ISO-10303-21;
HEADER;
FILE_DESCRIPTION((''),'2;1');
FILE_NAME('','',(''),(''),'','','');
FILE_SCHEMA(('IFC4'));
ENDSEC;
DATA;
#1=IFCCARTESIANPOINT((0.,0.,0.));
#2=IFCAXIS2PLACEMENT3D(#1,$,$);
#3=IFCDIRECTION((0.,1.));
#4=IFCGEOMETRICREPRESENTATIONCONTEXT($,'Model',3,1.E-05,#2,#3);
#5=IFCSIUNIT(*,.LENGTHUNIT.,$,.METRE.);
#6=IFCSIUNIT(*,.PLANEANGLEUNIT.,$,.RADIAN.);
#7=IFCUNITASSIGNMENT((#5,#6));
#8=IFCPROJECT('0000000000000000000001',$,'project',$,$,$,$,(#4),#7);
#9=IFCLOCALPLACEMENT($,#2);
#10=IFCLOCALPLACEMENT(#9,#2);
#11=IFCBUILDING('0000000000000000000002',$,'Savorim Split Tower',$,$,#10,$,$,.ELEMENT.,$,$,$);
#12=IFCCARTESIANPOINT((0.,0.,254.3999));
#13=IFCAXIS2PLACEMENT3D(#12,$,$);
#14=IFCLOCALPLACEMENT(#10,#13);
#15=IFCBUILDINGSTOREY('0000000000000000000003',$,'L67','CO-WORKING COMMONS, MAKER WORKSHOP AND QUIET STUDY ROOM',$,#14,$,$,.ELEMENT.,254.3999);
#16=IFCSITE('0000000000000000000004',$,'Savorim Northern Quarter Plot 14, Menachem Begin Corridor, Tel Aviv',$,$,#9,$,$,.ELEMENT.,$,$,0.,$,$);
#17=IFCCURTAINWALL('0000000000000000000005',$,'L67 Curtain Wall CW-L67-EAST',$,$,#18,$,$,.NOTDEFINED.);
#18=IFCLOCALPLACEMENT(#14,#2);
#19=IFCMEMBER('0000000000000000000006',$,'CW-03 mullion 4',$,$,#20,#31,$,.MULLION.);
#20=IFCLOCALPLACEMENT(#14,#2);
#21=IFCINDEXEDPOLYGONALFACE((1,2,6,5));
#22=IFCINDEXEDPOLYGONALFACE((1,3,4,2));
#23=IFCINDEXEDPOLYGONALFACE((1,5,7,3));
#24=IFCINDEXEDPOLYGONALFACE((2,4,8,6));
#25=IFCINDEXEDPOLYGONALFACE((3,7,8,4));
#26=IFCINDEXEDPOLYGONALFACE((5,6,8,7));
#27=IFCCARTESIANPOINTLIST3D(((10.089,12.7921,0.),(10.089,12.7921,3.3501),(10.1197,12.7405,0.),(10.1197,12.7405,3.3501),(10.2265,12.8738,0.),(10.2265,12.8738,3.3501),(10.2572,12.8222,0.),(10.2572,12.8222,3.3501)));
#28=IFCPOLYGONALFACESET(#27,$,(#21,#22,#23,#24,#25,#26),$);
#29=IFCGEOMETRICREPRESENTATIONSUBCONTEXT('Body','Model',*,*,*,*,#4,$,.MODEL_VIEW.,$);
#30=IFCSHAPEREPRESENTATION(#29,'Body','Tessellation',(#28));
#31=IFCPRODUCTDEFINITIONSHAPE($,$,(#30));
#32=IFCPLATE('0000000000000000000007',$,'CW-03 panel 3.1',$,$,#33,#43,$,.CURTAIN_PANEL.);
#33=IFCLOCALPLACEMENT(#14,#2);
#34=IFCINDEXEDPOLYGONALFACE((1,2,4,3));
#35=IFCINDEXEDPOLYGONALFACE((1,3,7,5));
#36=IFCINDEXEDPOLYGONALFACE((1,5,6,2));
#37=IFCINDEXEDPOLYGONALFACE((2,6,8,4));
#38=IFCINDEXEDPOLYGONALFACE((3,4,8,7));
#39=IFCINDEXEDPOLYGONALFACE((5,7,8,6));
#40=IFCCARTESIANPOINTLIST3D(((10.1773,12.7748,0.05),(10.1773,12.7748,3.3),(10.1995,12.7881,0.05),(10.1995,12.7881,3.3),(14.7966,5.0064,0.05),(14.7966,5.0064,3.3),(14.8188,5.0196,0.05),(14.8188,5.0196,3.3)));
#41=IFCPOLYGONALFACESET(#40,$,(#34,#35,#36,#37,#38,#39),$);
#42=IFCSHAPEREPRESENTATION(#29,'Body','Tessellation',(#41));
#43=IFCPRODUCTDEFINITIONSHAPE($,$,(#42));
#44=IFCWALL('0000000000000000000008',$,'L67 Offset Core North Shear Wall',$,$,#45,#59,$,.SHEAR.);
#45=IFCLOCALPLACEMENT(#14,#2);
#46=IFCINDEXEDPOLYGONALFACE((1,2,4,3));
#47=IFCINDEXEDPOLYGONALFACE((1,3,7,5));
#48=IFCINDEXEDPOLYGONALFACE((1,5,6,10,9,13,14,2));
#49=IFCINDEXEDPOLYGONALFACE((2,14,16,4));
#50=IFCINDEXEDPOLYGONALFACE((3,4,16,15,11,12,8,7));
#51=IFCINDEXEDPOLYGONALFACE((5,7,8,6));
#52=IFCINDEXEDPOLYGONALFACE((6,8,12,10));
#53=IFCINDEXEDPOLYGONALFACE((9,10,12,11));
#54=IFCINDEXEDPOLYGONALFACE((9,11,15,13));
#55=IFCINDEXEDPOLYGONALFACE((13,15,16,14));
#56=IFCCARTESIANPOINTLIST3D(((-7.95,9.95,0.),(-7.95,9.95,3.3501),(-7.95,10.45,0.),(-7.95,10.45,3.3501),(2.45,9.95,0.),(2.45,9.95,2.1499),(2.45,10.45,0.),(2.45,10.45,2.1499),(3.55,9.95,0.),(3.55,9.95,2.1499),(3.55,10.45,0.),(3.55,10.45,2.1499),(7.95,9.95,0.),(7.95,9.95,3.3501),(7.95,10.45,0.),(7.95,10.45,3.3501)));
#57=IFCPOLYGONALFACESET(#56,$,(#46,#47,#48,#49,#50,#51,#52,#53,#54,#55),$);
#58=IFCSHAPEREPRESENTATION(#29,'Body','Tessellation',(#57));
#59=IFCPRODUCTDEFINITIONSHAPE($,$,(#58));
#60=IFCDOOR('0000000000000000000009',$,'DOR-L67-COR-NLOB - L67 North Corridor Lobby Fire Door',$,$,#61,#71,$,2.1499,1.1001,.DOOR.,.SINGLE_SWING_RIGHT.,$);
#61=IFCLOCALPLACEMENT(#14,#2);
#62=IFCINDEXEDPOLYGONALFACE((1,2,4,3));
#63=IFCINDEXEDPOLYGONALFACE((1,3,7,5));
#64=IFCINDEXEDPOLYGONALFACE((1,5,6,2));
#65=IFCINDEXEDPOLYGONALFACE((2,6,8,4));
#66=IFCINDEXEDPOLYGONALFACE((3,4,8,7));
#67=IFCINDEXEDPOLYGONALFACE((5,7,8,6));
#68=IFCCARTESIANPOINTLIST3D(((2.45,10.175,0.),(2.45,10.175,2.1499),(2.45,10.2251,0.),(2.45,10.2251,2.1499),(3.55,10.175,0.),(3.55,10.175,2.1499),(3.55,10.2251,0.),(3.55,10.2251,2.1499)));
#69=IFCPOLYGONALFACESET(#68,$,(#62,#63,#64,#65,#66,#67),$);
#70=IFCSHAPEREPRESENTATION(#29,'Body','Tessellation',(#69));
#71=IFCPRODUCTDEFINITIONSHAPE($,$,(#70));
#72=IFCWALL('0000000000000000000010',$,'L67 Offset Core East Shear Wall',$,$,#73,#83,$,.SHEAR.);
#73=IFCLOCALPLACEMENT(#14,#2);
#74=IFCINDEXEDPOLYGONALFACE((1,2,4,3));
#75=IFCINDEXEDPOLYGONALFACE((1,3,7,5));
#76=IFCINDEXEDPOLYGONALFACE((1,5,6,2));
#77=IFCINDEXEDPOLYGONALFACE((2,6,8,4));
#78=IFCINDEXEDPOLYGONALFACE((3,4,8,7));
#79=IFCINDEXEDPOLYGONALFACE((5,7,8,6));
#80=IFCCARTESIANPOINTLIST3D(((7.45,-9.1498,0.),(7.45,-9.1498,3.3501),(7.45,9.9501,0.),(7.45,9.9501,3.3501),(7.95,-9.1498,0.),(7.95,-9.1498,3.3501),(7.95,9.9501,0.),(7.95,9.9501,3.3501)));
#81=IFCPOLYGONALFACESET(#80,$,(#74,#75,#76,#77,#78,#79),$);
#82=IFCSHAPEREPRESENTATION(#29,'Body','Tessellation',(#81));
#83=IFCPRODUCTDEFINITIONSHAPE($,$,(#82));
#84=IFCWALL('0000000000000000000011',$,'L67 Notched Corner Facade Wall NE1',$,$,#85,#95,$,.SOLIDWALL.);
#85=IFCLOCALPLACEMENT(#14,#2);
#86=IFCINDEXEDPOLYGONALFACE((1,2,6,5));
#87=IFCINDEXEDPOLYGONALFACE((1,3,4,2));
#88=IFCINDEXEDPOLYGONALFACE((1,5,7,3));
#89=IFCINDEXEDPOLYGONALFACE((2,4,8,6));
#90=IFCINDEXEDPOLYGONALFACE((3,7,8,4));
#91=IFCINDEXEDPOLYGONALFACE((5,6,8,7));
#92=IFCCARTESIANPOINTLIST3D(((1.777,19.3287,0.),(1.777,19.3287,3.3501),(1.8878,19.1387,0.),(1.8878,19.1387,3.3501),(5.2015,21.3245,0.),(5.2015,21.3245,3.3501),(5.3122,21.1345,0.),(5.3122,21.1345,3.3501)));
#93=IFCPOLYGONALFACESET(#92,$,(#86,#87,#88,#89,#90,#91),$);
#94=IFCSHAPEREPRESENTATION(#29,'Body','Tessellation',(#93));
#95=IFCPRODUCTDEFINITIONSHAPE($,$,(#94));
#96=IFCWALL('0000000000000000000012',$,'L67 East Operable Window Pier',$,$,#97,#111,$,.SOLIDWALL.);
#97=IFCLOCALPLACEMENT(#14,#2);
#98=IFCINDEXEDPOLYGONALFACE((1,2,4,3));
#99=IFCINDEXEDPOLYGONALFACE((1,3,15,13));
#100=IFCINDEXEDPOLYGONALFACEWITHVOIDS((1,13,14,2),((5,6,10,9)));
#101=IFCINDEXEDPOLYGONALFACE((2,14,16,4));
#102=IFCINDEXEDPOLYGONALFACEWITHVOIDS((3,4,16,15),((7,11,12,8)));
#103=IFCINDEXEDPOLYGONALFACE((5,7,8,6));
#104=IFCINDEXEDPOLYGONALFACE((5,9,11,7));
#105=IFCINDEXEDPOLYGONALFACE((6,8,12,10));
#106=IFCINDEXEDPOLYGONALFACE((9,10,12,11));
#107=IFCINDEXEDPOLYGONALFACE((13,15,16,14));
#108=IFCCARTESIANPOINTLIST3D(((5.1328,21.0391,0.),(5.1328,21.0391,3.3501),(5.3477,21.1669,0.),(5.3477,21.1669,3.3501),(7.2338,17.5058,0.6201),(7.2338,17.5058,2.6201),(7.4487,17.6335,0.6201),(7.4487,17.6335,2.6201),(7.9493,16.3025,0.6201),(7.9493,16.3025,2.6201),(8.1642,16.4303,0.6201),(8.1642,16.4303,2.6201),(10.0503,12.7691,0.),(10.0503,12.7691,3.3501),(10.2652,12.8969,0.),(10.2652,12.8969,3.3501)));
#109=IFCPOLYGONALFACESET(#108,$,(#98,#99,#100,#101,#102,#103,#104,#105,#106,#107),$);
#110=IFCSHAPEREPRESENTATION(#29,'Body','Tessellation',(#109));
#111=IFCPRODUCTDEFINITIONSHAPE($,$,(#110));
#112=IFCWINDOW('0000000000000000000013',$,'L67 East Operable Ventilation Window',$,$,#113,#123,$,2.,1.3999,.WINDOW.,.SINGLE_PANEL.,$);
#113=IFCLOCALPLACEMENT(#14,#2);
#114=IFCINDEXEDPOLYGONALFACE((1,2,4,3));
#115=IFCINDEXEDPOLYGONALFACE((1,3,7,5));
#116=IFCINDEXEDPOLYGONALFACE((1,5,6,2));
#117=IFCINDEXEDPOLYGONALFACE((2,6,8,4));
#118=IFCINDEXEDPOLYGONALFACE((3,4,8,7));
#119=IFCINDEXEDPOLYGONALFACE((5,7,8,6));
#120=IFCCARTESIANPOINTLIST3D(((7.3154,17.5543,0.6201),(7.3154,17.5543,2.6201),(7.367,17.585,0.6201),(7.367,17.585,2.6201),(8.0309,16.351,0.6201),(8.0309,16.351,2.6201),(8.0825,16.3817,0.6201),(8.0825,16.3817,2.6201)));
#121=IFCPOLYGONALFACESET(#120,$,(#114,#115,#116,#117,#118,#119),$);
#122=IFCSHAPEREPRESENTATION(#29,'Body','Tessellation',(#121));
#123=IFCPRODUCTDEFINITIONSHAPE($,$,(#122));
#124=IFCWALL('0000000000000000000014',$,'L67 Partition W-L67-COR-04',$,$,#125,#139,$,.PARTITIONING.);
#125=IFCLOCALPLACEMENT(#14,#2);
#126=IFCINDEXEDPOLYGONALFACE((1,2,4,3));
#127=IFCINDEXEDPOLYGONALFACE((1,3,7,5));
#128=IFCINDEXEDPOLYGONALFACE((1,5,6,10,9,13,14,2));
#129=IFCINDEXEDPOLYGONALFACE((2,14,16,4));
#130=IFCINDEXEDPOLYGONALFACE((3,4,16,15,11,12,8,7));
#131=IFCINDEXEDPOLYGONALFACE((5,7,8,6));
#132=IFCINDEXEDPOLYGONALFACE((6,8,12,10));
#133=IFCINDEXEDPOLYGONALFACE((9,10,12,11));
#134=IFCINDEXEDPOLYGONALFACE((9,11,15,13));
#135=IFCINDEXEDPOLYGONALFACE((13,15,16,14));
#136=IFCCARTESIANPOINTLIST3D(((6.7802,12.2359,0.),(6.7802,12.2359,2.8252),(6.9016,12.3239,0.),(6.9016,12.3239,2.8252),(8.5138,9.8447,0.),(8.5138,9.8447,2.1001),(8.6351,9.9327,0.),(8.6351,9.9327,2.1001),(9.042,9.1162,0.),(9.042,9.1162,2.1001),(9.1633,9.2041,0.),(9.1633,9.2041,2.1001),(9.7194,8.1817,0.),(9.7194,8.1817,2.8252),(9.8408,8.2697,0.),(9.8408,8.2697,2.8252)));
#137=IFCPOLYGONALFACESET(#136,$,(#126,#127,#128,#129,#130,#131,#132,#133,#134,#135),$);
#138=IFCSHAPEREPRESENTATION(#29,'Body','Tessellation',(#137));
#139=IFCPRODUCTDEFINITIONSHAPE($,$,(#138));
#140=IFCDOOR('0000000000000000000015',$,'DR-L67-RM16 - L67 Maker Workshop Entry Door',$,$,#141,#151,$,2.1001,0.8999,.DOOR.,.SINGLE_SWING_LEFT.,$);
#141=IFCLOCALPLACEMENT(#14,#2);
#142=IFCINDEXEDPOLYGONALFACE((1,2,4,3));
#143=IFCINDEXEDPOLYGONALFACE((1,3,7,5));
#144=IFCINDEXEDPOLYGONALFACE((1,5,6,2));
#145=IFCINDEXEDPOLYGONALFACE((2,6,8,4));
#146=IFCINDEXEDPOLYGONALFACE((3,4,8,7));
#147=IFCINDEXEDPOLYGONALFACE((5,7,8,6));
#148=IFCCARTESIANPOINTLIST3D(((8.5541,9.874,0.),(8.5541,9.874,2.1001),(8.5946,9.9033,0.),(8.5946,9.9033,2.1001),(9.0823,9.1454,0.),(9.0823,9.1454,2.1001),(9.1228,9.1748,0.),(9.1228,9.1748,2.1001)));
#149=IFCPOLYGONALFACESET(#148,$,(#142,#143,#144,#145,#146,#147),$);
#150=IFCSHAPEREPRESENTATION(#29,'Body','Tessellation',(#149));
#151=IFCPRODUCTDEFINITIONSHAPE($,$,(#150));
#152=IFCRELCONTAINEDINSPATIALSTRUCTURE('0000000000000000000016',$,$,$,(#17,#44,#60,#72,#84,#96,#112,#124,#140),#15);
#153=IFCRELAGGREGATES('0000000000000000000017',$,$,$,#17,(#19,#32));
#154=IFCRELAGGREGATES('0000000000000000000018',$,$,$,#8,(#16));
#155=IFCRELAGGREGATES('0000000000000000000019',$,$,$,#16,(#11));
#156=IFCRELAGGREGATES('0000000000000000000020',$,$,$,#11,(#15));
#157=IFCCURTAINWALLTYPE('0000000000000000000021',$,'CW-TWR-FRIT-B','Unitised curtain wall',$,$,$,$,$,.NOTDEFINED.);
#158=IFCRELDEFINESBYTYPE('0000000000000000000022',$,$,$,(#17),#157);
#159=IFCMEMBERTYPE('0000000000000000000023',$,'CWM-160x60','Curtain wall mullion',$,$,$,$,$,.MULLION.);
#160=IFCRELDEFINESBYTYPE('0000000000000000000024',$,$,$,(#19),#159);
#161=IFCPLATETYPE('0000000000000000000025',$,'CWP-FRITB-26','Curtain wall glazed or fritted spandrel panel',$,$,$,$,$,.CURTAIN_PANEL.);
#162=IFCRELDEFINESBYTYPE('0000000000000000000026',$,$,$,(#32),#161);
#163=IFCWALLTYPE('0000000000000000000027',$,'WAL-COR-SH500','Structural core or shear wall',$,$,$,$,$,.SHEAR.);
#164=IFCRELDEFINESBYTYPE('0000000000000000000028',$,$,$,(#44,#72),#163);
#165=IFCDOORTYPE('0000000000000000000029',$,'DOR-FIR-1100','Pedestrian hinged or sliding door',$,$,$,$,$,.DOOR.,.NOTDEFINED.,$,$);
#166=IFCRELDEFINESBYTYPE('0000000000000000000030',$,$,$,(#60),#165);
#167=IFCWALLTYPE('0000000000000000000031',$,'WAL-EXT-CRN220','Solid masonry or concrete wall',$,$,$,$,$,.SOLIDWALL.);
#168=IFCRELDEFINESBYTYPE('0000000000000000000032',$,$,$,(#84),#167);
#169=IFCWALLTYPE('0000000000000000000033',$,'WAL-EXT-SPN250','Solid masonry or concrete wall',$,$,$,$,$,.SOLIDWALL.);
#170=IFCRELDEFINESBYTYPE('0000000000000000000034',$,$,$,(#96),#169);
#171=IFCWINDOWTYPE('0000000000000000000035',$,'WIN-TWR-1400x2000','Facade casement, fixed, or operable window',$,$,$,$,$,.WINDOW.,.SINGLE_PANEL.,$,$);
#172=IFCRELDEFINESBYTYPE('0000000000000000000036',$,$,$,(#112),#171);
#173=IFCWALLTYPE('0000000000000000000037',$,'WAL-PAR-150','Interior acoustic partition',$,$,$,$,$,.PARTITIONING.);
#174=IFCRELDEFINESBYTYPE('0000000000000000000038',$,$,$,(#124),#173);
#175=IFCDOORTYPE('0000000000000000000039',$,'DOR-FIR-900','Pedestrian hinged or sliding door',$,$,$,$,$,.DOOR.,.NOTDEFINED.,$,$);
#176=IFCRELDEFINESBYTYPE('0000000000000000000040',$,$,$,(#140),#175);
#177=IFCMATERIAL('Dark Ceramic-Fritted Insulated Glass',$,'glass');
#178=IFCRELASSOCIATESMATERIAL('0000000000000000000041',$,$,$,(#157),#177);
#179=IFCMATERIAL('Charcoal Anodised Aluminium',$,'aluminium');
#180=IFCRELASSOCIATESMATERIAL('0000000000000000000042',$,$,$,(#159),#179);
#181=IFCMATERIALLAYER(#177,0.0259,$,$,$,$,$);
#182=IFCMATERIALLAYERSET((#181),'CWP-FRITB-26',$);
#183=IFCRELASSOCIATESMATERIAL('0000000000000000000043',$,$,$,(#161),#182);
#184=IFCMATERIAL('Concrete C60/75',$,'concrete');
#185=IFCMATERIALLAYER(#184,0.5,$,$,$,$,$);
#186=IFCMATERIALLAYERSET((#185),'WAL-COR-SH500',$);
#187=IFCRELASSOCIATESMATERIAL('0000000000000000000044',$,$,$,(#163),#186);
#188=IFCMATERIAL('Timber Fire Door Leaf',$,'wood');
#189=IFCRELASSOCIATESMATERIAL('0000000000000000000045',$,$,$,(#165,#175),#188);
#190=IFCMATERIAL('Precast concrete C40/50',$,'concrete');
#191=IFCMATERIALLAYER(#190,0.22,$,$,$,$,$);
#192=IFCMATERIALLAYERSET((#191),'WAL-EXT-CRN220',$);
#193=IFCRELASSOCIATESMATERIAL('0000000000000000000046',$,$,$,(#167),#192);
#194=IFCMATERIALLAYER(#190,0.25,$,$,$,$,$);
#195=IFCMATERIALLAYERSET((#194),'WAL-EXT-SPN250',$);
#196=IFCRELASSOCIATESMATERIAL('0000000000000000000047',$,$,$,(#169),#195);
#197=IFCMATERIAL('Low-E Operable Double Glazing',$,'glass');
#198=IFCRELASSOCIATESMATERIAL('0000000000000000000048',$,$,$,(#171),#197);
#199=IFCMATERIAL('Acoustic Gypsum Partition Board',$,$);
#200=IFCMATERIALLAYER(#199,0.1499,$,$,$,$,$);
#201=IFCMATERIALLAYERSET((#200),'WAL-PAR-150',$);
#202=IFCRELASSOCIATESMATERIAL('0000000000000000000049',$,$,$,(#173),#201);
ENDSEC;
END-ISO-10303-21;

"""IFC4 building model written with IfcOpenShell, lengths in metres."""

from ifc_helpers import new_model, si_unit, direction, frame, frame_2d, origin, origin_2d, place, context, subcontext, project, spatial, rectangle, extrude, material, layer, layer_set, material_profile, profile_set, type_object, element, fill, aggregate, save


model = new_model("IFC4")

# Units and contexts
model_context = context("Model", 3, precision=1e-05, world=origin(), true_north=direction((0.0, 1.0)))
body_context = subcontext(model_context, "Body", "Model", "MODEL_VIEW")
ifc_project = project(units=[si_unit("LENGTHUNIT", "METRE"), si_unit("PLANEANGLEUNIT", "RADIAN")], contexts=[model_context])

# Site, building, storey
site_placement = place(None, origin())
site = spatial("IfcSite", under=ifc_project, at=site_placement, Name="Savorim Northern Quarter Plot 14, Menachem Begin Corridor, Tel Aviv", CompositionType="ELEMENT", RefElevation=0.0)
building_placement = place(site_placement, origin())
building = spatial("IfcBuilding", under=site, at=building_placement, Name="Savorim Split Tower", CompositionType="ELEMENT")
storey_placement = place(building_placement, frame((0.0, 0.0, 254.3999)))
storey = spatial("IfcBuildingStorey", under=building, at=storey_placement, Name="L67", Description="CO-WORKING COMMONS, MAKER WORKSHOP AND QUIET STUDY ROOM", CompositionType="ELEMENT", Elevation=254.3999)

# Curtain wall, member, plate
ifc_material_1 = material(Name="Dark Ceramic-Fritted Insulated Glass", Category="glass")
curtain_wall_type = type_object("IfcCurtainWallType", Name="CW-TWR-FRIT-B", Description="Unitised curtain wall", PredefinedType="NOTDEFINED", material=ifc_material_1)
curtain_wall_placement = place(storey_placement, origin())
curtain_wall = element("IfcCurtainWall", 1, at=curtain_wall_placement, inside=storey, type_object=curtain_wall_type, Name="L67 Curtain Wall CW-L67-EAST", PredefinedType="NOTDEFINED")
ifc_material_2 = material(Name="Charcoal Anodised Aluminium", Category="aluminium")
ifc_material_profile_1 = material_profile(ifc_material_2, rectangle(XDim=0.1599, YDim=0.0601, at=origin_2d()), Name="ALU-M 160x60")
ifc_profile_set_1 = profile_set([ifc_material_profile_1], Name="Charcoal Anodised Aluminium")
member_type = type_object("IfcMemberType", Name="CWM-160x60", Description="Curtain wall mullion", PredefinedType="MULLION", material=ifc_profile_set_1)
member_placement = place(storey_placement, frame((10.1731, 12.8071, 0.0), z_axis=(0.0, 0.0, 1.0), x_axis=(-0.859527, -0.51109, 0.0)))
member = element("IfcMember", 2, at=member_placement, type_object=member_type, Name="CW-03 mullion 4", PredefinedType="MULLION", context=body_context, shape_type="SweptSolid", body=[
    extrude(rectangle(XDim=0.1599, YDim=0.0601, at=origin_2d()), origin(), (0.0, 0.0, 1.0), 3.3501),
])
ifc_layer_1 = layer(ifc_material_1, 0.0259)
ifc_layer_set_1 = layer_set([ifc_layer_1], Name="CWP-FRITB-26")
plate_type = type_object("IfcPlateType", Name="CWP-FRITB-26", Description="Curtain wall glazed or fritted spandrel panel", PredefinedType="CURTAIN_PANEL", material=ifc_layer_set_1)
plate_placement = place(storey_placement, frame((12.498, 8.8972, 0.05), z_axis=(0.0, 0.0, 1.0), x_axis=(-0.51109, 0.859527, 0.0)))
plate = element("IfcPlate", 3, at=plate_placement, type_object=plate_type, Name="CW-03 panel 3.1", PredefinedType="CURTAIN_PANEL", context=body_context, shape_type="SweptSolid", body=[
    extrude(rectangle(XDim=9.0381, YDim=0.0259, at=origin_2d()), origin(), (0.0, 0.0, 1.0), 3.25),
])
aggregate(curtain_wall, [member, plate])

# Wall, opening, door
ifc_material_3 = material(Name="Concrete C60/75", Category="concrete")
ifc_layer_2 = layer(ifc_material_3, 0.5)
ifc_layer_set_2 = layer_set([ifc_layer_2], Name="WAL-COR-SH500")
wall_type_1 = type_object("IfcWallType", Name="WAL-COR-SH500", Description="Structural core or shear wall", PredefinedType="SHEAR", material=ifc_layer_set_2)
wall_1_placement = place(storey_placement, frame((7.95, 10.2, 0.0), z_axis=(0.0, 0.0, 1.0), x_axis=(-1.0, 0.0, 0.0)))
wall_1 = element("IfcWall", 4, at=wall_1_placement, inside=storey, type_object=wall_type_1, Name="L67 Offset Core North Shear Wall", PredefinedType="SHEAR", context=body_context, shape_type="SweptSolid", body=[
    extrude(rectangle(XDim=15.8999, YDim=0.5, at=frame_2d((7.95, 0.0))), origin(), (0.0, 0.0, 1.0), 3.3501),
])
opening_1_placement = place(wall_1_placement, frame((4.3999, 0.0, 0.0)))
opening_1 = element("IfcOpeningElement", 5, at=opening_1_placement, cuts=wall_1, PredefinedType="OPENING", context=body_context, shape_type="SweptSolid", body=[
    extrude(rectangle(XDim=1.1001, YDim=2.1499, at=frame_2d((0.55, 1.075))), frame((0.0, 0.26, 0.0), z_axis=(0.0, -1.0, 0.0), x_axis=(1.0, 0.0, 0.0)), (0.0, 0.0, 1.0), 0.52),
])
ifc_material_4 = material(Name="Timber Fire Door Leaf", Category="wood")
door_type_1 = type_object("IfcDoorType", Name="DOR-FIR-1100", Description="Pedestrian hinged or sliding door", OperationType="NOTDEFINED", PredefinedType="DOOR", material=ifc_material_4)
door_1_placement = place(opening_1_placement, origin())
door_1 = element("IfcDoor", 6, at=door_1_placement, inside=storey, type_object=door_type_1, Name="DOR-L67-COR-NLOB - L67 North Corridor Lobby Fire Door", OperationType="SINGLE_SWING_RIGHT", OverallHeight=2.1499, OverallWidth=1.1001, PredefinedType="DOOR", context=body_context, shape_type="SweptSolid", body=[
    extrude(rectangle(XDim=1.1001, YDim=2.1499, at=frame_2d((0.55, 1.075))), frame((0.0, 0.0249, 0.0), z_axis=(0.0, -1.0, 0.0), x_axis=(1.0, 0.0, 0.0)), (0.0, 0.0, 1.0), 0.05),
])
fill(opening_1, door_1)

# Walls
wall_2_placement = place(storey_placement, frame((7.7, 9.95, 0.0), z_axis=(0.0, 0.0, 1.0), x_axis=(0.0, -1.0, 0.0)))
element("IfcWall", 7, at=wall_2_placement, inside=storey, type_object=wall_type_1, Name="L67 Offset Core East Shear Wall", PredefinedType="SHEAR", context=body_context, shape_type="SweptSolid", body=[
    extrude(rectangle(XDim=19.0999, YDim=0.5, at=frame_2d((9.5498, 0.0))), origin(), (0.0, 0.0, 1.0), 3.3501),
])
ifc_material_5 = material(Name="Precast concrete C40/50", Category="concrete")
ifc_layer_3 = layer(ifc_material_5, 0.22)
ifc_layer_set_3 = layer_set([ifc_layer_3], Name="WAL-EXT-CRN220")
wall_type_2 = type_object("IfcWallType", Name="WAL-EXT-CRN220", Description="Solid masonry or concrete wall", PredefinedType="SOLIDWALL", material=ifc_layer_set_3)
wall_3_placement = place(storey_placement, frame((1.8323, 19.2336, 0.0), z_axis=(0.0, 0.0, 1.0), x_axis=(0.863978, 0.50353, 0.0)))
element("IfcWall", 8, at=wall_3_placement, inside=storey, type_object=wall_type_2, Name="L67 Notched Corner Facade Wall NE1", PredefinedType="SOLIDWALL", context=body_context, shape_type="SweptSolid", body=[
    extrude(rectangle(XDim=3.9636, YDim=0.22, at=frame_2d((1.9819, 0.0))), origin(), (0.0, 0.0, 1.0), 3.3501),
])

# Wall, opening, window
ifc_layer_4 = layer(ifc_material_5, 0.25)
ifc_layer_set_4 = layer_set([ifc_layer_4], Name="WAL-EXT-SPN250")
wall_type_3 = type_object("IfcWallType", Name="WAL-EXT-SPN250", Description="Solid masonry or concrete wall", PredefinedType="SOLIDWALL", material=ifc_layer_set_4)
wall_4_placement = place(storey_placement, frame((5.2402, 21.103, 0.0), z_axis=(0.0, 0.0, 1.0), x_axis=(0.511089, -0.859528, 0.0)))
wall_4 = element("IfcWall", 9, at=wall_4_placement, inside=storey, type_object=wall_type_3, Name="L67 East Operable Window Pier", PredefinedType="SOLIDWALL", context=body_context, shape_type="SweptSolid", body=[
    extrude(rectangle(XDim=9.6216, YDim=0.25, at=frame_2d((4.8108, 0.0))), origin(), (0.0, 0.0, 1.0), 3.3501),
])
opening_2_placement = place(wall_4_placement, frame((4.1108, 0.0, 0.6201)))
opening_2 = element("IfcOpeningElement", 10, at=opening_2_placement, cuts=wall_4, PredefinedType="OPENING", context=body_context, shape_type="SweptSolid", body=[
    extrude(rectangle(XDim=1.3999, YDim=2.0, at=frame_2d((0.7, 1.0))), frame((0.0, 0.135, 0.0), z_axis=(0.0, -1.0, 0.0), x_axis=(1.0, 0.0, 0.0)), (0.0, 0.0, 1.0), 0.27),
])
ifc_material_6 = material(Name="Low-E Operable Double Glazing", Category="glass")
window_type = type_object("IfcWindowType", Name="WIN-TWR-1400x2000", Description="Facade casement, fixed, or operable window", PartitioningType="SINGLE_PANEL", PredefinedType="WINDOW", material=ifc_material_6)
window_placement = place(opening_2_placement, origin())
window = element("IfcWindow", 11, at=window_placement, inside=storey, type_object=window_type, Name="L67 East Operable Ventilation Window", OverallHeight=2.0, OverallWidth=1.3999, PartitioningType="SINGLE_PANEL", PredefinedType="WINDOW", context=body_context, shape_type="SweptSolid", body=[
    extrude(rectangle(XDim=1.3999, YDim=2.0, at=frame_2d((0.7, 1.0))), frame((0.0, 0.03, 0.0), z_axis=(0.0, -1.0, 0.0), x_axis=(1.0, 0.0, 0.0)), (0.0, 0.0, 1.0), 0.0601),
])
fill(opening_2, window)

# Wall, opening, door
ifc_material_7 = material(Name="Acoustic Gypsum Partition Board")
ifc_layer_5 = layer(ifc_material_7, 0.1499)
ifc_layer_set_5 = layer_set([ifc_layer_5], Name="WAL-PAR-150")
wall_type_4 = type_object("IfcWallType", Name="WAL-PAR-150", Description="Interior acoustic partition", PredefinedType="PARTITIONING", material=ifc_layer_set_5)
wall_5_placement = place(storey_placement, frame((6.8408, 12.28, 0.0), z_axis=(0.0, 0.0, 1.0), x_axis=(0.586956, -0.809619, 0.0)))
wall_5 = element("IfcWall", 12, at=wall_5_placement, inside=storey, type_object=wall_type_4, Name="L67 Partition W-L67-COR-04", PredefinedType="PARTITIONING", context=body_context, shape_type="SweptSolid", body=[
    extrude(rectangle(XDim=5.0076, YDim=0.1499, at=frame_2d((2.5039, 0.0))), origin(), (0.0, 0.0, 1.0), 2.8252),
])
opening_3_placement = place(wall_5_placement, frame((2.9536, 0.0, 0.0)))
opening_3 = element("IfcOpeningElement", 13, at=opening_3_placement, cuts=wall_5, PredefinedType="OPENING", context=body_context, shape_type="SweptSolid", body=[
    extrude(rectangle(XDim=0.8999, YDim=2.1001, at=frame_2d((0.45, 1.05))), frame((0.0, 0.085, 0.0), z_axis=(0.0, -1.0, 0.0), x_axis=(1.0, 0.0, 0.0)), (0.0, 0.0, 1.0), 0.1699),
])
door_type_2 = type_object("IfcDoorType", Name="DOR-FIR-900", Description="Pedestrian hinged or sliding door", OperationType="NOTDEFINED", PredefinedType="DOOR", material=ifc_material_4)
door_2_placement = place(opening_3_placement, origin())
door_2 = element("IfcDoor", 14, at=door_2_placement, inside=storey, type_object=door_type_2, Name="DR-L67-RM16 - L67 Maker Workshop Entry Door", OperationType="SINGLE_SWING_LEFT", OverallHeight=2.1001, OverallWidth=0.8999, PredefinedType="DOOR", context=body_context, shape_type="SweptSolid", body=[
    extrude(rectangle(XDim=0.8999, YDim=2.1001, at=frame_2d((0.45, 1.05))), frame((0.0, 0.0249, 0.0), z_axis=(0.0, -1.0, 0.0), x_axis=(1.0, 0.0, 0.0)), (0.0, 0.0, 1.0), 0.05),
])
fill(opening_3, door_2)

save(model, "model.ifc")
